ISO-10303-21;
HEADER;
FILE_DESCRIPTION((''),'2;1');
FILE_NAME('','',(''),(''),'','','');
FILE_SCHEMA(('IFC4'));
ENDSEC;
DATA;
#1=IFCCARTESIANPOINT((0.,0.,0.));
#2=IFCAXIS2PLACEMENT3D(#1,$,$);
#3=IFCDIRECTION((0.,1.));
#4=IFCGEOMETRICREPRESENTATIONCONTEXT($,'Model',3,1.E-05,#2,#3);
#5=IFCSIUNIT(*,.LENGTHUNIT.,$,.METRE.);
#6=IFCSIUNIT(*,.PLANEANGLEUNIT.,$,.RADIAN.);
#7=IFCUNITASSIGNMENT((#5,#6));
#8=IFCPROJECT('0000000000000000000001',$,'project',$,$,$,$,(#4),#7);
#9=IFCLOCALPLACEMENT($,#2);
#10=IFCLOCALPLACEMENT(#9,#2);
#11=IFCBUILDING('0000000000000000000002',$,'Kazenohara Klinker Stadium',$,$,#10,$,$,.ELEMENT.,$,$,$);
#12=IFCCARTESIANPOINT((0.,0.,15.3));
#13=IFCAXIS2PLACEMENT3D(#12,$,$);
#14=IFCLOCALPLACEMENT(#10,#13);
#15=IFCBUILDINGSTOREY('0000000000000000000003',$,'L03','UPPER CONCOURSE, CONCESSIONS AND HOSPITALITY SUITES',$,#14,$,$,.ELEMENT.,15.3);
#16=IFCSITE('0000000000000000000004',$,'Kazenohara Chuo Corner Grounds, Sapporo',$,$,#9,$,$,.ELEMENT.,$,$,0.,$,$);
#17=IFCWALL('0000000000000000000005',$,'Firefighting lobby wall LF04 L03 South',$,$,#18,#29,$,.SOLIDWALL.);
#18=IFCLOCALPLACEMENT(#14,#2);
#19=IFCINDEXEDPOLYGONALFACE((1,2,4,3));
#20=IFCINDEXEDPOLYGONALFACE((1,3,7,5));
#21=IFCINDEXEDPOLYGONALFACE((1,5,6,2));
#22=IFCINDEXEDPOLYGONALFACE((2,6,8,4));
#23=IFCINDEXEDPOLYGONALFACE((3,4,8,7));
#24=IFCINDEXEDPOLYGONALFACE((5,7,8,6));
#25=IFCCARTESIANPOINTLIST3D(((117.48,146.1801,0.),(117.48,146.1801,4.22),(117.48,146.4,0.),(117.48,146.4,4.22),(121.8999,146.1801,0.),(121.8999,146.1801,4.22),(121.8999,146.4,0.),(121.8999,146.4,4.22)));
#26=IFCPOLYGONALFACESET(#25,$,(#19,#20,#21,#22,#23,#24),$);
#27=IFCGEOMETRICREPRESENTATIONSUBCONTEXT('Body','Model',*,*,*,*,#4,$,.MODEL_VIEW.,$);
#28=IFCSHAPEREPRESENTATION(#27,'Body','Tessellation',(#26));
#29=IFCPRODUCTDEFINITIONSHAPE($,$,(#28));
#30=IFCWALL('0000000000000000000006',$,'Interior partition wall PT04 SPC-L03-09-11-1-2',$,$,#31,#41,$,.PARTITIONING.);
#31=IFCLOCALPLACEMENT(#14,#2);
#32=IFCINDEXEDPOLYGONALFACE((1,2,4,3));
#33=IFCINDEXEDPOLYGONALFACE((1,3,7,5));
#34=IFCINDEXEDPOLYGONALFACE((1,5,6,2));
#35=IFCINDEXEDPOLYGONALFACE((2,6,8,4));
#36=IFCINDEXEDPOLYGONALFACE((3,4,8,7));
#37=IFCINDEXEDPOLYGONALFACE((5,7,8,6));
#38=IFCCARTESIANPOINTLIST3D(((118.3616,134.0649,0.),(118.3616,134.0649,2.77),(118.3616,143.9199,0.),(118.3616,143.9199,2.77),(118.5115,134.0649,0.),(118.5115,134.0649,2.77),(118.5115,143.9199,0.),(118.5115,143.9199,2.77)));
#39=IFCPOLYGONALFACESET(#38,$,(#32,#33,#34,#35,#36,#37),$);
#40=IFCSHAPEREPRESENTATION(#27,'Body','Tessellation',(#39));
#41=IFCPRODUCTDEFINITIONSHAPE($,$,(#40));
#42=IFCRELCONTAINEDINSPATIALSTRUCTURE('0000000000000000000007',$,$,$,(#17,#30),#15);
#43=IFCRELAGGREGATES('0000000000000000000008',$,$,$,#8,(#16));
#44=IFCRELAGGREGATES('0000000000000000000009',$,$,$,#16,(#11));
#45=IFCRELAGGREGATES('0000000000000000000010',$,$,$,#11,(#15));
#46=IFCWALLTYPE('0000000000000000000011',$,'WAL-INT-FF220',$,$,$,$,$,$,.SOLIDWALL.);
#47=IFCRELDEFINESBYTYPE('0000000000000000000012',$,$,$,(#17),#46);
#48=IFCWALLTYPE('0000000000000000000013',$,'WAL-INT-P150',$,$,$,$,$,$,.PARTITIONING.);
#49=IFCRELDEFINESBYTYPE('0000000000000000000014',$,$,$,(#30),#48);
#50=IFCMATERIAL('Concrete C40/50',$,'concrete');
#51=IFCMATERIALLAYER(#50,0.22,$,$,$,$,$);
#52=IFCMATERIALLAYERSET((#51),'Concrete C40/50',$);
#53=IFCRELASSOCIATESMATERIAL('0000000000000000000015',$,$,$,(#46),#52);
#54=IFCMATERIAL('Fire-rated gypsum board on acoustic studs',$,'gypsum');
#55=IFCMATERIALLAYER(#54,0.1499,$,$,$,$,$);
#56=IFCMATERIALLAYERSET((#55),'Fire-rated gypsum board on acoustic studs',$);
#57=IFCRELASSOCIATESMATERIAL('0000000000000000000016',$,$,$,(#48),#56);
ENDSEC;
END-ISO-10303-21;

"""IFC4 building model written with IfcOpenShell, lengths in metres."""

from ifc_helpers import new_model, si_unit, direction, frame, frame_2d, origin, place, context, subcontext, project, spatial, rectangle, extrude, material, layer, layer_set, type_object, element, save


model = new_model("IFC4")

# Units and contexts
model_context = context("Model", 3, precision=1e-05, world=origin(), true_north=direction((0.0, 1.0)))
body_context = subcontext(model_context, "Body", "Model", "MODEL_VIEW")
ifc_project = project(units=[si_unit("LENGTHUNIT", "METRE"), si_unit("PLANEANGLEUNIT", "RADIAN")], contexts=[model_context])

# Site, building, storey
site_placement = place(None, origin())
site = spatial("IfcSite", under=ifc_project, at=site_placement, Name="Kazenohara Chuo Corner Grounds, Sapporo", CompositionType="ELEMENT", RefElevation=0.0)
building_placement = place(site_placement, origin())
building = spatial("IfcBuilding", under=site, at=building_placement, Name="Kazenohara Klinker Stadium", CompositionType="ELEMENT")
storey_placement = place(building_placement, frame((0.0, 0.0, 15.3)))
storey = spatial("IfcBuildingStorey", under=building, at=storey_placement, Name="L03", Description="UPPER CONCOURSE, CONCESSIONS AND HOSPITALITY SUITES", CompositionType="ELEMENT", Elevation=15.3)

# Shared definitions
ifc_material_1 = material(Name="Concrete C40/50", Category="concrete")

# Wall
ifc_layer_1 = layer(ifc_material_1, 0.22)
ifc_layer_set_1 = layer_set([ifc_layer_1], Name="Concrete C40/50")
wall_type_1 = type_object("IfcWallType", Name="WAL-INT-FF220", PredefinedType="SOLIDWALL", material=ifc_layer_set_1)
wall_1_placement = place(storey_placement, frame((117.48, 146.29, 0.0), z_axis=(0.0, 0.0, 1.0), x_axis=(1.0, 0.0, 0.0)))
element("IfcWall", 1, at=wall_1_placement, inside=storey, type_object=wall_type_1, Name="Firefighting lobby wall LF04 L03 South", PredefinedType="SOLIDWALL", context=body_context, shape_type="SweptSolid", body=[
    extrude(rectangle(XDim=4.4199, YDim=0.22, at=frame_2d((2.21, 0.0))), origin(), (0.0, 0.0, 1.0), 4.22),
])

# Wall
ifc_material_2 = material(Name="Fire-rated gypsum board on acoustic studs", Category="gypsum")
ifc_layer_2 = layer(ifc_material_2, 0.1499)
ifc_layer_set_2 = layer_set([ifc_layer_2], Name="Fire-rated gypsum board on acoustic studs")
wall_type_2 = type_object("IfcWallType", Name="WAL-INT-P150", PredefinedType="PARTITIONING", material=ifc_layer_set_2)
wall_2_placement = place(storey_placement, frame((118.4365, 134.0649, 0.0), z_axis=(0.0, 0.0, 1.0), x_axis=(0.0, 1.0, 0.0)))
element("IfcWall", 2, at=wall_2_placement, inside=storey, type_object=wall_type_2, Name="Interior partition wall PT04 SPC-L03-09-11-1-2", PredefinedType="PARTITIONING", context=body_context, shape_type="SweptSolid", body=[
    extrude(rectangle(XDim=9.855, YDim=0.1499, at=frame_2d((4.9275, 0.0))), origin(), (0.0, 0.0, 1.0), 2.77),
])

save(model, "model.ifc")
